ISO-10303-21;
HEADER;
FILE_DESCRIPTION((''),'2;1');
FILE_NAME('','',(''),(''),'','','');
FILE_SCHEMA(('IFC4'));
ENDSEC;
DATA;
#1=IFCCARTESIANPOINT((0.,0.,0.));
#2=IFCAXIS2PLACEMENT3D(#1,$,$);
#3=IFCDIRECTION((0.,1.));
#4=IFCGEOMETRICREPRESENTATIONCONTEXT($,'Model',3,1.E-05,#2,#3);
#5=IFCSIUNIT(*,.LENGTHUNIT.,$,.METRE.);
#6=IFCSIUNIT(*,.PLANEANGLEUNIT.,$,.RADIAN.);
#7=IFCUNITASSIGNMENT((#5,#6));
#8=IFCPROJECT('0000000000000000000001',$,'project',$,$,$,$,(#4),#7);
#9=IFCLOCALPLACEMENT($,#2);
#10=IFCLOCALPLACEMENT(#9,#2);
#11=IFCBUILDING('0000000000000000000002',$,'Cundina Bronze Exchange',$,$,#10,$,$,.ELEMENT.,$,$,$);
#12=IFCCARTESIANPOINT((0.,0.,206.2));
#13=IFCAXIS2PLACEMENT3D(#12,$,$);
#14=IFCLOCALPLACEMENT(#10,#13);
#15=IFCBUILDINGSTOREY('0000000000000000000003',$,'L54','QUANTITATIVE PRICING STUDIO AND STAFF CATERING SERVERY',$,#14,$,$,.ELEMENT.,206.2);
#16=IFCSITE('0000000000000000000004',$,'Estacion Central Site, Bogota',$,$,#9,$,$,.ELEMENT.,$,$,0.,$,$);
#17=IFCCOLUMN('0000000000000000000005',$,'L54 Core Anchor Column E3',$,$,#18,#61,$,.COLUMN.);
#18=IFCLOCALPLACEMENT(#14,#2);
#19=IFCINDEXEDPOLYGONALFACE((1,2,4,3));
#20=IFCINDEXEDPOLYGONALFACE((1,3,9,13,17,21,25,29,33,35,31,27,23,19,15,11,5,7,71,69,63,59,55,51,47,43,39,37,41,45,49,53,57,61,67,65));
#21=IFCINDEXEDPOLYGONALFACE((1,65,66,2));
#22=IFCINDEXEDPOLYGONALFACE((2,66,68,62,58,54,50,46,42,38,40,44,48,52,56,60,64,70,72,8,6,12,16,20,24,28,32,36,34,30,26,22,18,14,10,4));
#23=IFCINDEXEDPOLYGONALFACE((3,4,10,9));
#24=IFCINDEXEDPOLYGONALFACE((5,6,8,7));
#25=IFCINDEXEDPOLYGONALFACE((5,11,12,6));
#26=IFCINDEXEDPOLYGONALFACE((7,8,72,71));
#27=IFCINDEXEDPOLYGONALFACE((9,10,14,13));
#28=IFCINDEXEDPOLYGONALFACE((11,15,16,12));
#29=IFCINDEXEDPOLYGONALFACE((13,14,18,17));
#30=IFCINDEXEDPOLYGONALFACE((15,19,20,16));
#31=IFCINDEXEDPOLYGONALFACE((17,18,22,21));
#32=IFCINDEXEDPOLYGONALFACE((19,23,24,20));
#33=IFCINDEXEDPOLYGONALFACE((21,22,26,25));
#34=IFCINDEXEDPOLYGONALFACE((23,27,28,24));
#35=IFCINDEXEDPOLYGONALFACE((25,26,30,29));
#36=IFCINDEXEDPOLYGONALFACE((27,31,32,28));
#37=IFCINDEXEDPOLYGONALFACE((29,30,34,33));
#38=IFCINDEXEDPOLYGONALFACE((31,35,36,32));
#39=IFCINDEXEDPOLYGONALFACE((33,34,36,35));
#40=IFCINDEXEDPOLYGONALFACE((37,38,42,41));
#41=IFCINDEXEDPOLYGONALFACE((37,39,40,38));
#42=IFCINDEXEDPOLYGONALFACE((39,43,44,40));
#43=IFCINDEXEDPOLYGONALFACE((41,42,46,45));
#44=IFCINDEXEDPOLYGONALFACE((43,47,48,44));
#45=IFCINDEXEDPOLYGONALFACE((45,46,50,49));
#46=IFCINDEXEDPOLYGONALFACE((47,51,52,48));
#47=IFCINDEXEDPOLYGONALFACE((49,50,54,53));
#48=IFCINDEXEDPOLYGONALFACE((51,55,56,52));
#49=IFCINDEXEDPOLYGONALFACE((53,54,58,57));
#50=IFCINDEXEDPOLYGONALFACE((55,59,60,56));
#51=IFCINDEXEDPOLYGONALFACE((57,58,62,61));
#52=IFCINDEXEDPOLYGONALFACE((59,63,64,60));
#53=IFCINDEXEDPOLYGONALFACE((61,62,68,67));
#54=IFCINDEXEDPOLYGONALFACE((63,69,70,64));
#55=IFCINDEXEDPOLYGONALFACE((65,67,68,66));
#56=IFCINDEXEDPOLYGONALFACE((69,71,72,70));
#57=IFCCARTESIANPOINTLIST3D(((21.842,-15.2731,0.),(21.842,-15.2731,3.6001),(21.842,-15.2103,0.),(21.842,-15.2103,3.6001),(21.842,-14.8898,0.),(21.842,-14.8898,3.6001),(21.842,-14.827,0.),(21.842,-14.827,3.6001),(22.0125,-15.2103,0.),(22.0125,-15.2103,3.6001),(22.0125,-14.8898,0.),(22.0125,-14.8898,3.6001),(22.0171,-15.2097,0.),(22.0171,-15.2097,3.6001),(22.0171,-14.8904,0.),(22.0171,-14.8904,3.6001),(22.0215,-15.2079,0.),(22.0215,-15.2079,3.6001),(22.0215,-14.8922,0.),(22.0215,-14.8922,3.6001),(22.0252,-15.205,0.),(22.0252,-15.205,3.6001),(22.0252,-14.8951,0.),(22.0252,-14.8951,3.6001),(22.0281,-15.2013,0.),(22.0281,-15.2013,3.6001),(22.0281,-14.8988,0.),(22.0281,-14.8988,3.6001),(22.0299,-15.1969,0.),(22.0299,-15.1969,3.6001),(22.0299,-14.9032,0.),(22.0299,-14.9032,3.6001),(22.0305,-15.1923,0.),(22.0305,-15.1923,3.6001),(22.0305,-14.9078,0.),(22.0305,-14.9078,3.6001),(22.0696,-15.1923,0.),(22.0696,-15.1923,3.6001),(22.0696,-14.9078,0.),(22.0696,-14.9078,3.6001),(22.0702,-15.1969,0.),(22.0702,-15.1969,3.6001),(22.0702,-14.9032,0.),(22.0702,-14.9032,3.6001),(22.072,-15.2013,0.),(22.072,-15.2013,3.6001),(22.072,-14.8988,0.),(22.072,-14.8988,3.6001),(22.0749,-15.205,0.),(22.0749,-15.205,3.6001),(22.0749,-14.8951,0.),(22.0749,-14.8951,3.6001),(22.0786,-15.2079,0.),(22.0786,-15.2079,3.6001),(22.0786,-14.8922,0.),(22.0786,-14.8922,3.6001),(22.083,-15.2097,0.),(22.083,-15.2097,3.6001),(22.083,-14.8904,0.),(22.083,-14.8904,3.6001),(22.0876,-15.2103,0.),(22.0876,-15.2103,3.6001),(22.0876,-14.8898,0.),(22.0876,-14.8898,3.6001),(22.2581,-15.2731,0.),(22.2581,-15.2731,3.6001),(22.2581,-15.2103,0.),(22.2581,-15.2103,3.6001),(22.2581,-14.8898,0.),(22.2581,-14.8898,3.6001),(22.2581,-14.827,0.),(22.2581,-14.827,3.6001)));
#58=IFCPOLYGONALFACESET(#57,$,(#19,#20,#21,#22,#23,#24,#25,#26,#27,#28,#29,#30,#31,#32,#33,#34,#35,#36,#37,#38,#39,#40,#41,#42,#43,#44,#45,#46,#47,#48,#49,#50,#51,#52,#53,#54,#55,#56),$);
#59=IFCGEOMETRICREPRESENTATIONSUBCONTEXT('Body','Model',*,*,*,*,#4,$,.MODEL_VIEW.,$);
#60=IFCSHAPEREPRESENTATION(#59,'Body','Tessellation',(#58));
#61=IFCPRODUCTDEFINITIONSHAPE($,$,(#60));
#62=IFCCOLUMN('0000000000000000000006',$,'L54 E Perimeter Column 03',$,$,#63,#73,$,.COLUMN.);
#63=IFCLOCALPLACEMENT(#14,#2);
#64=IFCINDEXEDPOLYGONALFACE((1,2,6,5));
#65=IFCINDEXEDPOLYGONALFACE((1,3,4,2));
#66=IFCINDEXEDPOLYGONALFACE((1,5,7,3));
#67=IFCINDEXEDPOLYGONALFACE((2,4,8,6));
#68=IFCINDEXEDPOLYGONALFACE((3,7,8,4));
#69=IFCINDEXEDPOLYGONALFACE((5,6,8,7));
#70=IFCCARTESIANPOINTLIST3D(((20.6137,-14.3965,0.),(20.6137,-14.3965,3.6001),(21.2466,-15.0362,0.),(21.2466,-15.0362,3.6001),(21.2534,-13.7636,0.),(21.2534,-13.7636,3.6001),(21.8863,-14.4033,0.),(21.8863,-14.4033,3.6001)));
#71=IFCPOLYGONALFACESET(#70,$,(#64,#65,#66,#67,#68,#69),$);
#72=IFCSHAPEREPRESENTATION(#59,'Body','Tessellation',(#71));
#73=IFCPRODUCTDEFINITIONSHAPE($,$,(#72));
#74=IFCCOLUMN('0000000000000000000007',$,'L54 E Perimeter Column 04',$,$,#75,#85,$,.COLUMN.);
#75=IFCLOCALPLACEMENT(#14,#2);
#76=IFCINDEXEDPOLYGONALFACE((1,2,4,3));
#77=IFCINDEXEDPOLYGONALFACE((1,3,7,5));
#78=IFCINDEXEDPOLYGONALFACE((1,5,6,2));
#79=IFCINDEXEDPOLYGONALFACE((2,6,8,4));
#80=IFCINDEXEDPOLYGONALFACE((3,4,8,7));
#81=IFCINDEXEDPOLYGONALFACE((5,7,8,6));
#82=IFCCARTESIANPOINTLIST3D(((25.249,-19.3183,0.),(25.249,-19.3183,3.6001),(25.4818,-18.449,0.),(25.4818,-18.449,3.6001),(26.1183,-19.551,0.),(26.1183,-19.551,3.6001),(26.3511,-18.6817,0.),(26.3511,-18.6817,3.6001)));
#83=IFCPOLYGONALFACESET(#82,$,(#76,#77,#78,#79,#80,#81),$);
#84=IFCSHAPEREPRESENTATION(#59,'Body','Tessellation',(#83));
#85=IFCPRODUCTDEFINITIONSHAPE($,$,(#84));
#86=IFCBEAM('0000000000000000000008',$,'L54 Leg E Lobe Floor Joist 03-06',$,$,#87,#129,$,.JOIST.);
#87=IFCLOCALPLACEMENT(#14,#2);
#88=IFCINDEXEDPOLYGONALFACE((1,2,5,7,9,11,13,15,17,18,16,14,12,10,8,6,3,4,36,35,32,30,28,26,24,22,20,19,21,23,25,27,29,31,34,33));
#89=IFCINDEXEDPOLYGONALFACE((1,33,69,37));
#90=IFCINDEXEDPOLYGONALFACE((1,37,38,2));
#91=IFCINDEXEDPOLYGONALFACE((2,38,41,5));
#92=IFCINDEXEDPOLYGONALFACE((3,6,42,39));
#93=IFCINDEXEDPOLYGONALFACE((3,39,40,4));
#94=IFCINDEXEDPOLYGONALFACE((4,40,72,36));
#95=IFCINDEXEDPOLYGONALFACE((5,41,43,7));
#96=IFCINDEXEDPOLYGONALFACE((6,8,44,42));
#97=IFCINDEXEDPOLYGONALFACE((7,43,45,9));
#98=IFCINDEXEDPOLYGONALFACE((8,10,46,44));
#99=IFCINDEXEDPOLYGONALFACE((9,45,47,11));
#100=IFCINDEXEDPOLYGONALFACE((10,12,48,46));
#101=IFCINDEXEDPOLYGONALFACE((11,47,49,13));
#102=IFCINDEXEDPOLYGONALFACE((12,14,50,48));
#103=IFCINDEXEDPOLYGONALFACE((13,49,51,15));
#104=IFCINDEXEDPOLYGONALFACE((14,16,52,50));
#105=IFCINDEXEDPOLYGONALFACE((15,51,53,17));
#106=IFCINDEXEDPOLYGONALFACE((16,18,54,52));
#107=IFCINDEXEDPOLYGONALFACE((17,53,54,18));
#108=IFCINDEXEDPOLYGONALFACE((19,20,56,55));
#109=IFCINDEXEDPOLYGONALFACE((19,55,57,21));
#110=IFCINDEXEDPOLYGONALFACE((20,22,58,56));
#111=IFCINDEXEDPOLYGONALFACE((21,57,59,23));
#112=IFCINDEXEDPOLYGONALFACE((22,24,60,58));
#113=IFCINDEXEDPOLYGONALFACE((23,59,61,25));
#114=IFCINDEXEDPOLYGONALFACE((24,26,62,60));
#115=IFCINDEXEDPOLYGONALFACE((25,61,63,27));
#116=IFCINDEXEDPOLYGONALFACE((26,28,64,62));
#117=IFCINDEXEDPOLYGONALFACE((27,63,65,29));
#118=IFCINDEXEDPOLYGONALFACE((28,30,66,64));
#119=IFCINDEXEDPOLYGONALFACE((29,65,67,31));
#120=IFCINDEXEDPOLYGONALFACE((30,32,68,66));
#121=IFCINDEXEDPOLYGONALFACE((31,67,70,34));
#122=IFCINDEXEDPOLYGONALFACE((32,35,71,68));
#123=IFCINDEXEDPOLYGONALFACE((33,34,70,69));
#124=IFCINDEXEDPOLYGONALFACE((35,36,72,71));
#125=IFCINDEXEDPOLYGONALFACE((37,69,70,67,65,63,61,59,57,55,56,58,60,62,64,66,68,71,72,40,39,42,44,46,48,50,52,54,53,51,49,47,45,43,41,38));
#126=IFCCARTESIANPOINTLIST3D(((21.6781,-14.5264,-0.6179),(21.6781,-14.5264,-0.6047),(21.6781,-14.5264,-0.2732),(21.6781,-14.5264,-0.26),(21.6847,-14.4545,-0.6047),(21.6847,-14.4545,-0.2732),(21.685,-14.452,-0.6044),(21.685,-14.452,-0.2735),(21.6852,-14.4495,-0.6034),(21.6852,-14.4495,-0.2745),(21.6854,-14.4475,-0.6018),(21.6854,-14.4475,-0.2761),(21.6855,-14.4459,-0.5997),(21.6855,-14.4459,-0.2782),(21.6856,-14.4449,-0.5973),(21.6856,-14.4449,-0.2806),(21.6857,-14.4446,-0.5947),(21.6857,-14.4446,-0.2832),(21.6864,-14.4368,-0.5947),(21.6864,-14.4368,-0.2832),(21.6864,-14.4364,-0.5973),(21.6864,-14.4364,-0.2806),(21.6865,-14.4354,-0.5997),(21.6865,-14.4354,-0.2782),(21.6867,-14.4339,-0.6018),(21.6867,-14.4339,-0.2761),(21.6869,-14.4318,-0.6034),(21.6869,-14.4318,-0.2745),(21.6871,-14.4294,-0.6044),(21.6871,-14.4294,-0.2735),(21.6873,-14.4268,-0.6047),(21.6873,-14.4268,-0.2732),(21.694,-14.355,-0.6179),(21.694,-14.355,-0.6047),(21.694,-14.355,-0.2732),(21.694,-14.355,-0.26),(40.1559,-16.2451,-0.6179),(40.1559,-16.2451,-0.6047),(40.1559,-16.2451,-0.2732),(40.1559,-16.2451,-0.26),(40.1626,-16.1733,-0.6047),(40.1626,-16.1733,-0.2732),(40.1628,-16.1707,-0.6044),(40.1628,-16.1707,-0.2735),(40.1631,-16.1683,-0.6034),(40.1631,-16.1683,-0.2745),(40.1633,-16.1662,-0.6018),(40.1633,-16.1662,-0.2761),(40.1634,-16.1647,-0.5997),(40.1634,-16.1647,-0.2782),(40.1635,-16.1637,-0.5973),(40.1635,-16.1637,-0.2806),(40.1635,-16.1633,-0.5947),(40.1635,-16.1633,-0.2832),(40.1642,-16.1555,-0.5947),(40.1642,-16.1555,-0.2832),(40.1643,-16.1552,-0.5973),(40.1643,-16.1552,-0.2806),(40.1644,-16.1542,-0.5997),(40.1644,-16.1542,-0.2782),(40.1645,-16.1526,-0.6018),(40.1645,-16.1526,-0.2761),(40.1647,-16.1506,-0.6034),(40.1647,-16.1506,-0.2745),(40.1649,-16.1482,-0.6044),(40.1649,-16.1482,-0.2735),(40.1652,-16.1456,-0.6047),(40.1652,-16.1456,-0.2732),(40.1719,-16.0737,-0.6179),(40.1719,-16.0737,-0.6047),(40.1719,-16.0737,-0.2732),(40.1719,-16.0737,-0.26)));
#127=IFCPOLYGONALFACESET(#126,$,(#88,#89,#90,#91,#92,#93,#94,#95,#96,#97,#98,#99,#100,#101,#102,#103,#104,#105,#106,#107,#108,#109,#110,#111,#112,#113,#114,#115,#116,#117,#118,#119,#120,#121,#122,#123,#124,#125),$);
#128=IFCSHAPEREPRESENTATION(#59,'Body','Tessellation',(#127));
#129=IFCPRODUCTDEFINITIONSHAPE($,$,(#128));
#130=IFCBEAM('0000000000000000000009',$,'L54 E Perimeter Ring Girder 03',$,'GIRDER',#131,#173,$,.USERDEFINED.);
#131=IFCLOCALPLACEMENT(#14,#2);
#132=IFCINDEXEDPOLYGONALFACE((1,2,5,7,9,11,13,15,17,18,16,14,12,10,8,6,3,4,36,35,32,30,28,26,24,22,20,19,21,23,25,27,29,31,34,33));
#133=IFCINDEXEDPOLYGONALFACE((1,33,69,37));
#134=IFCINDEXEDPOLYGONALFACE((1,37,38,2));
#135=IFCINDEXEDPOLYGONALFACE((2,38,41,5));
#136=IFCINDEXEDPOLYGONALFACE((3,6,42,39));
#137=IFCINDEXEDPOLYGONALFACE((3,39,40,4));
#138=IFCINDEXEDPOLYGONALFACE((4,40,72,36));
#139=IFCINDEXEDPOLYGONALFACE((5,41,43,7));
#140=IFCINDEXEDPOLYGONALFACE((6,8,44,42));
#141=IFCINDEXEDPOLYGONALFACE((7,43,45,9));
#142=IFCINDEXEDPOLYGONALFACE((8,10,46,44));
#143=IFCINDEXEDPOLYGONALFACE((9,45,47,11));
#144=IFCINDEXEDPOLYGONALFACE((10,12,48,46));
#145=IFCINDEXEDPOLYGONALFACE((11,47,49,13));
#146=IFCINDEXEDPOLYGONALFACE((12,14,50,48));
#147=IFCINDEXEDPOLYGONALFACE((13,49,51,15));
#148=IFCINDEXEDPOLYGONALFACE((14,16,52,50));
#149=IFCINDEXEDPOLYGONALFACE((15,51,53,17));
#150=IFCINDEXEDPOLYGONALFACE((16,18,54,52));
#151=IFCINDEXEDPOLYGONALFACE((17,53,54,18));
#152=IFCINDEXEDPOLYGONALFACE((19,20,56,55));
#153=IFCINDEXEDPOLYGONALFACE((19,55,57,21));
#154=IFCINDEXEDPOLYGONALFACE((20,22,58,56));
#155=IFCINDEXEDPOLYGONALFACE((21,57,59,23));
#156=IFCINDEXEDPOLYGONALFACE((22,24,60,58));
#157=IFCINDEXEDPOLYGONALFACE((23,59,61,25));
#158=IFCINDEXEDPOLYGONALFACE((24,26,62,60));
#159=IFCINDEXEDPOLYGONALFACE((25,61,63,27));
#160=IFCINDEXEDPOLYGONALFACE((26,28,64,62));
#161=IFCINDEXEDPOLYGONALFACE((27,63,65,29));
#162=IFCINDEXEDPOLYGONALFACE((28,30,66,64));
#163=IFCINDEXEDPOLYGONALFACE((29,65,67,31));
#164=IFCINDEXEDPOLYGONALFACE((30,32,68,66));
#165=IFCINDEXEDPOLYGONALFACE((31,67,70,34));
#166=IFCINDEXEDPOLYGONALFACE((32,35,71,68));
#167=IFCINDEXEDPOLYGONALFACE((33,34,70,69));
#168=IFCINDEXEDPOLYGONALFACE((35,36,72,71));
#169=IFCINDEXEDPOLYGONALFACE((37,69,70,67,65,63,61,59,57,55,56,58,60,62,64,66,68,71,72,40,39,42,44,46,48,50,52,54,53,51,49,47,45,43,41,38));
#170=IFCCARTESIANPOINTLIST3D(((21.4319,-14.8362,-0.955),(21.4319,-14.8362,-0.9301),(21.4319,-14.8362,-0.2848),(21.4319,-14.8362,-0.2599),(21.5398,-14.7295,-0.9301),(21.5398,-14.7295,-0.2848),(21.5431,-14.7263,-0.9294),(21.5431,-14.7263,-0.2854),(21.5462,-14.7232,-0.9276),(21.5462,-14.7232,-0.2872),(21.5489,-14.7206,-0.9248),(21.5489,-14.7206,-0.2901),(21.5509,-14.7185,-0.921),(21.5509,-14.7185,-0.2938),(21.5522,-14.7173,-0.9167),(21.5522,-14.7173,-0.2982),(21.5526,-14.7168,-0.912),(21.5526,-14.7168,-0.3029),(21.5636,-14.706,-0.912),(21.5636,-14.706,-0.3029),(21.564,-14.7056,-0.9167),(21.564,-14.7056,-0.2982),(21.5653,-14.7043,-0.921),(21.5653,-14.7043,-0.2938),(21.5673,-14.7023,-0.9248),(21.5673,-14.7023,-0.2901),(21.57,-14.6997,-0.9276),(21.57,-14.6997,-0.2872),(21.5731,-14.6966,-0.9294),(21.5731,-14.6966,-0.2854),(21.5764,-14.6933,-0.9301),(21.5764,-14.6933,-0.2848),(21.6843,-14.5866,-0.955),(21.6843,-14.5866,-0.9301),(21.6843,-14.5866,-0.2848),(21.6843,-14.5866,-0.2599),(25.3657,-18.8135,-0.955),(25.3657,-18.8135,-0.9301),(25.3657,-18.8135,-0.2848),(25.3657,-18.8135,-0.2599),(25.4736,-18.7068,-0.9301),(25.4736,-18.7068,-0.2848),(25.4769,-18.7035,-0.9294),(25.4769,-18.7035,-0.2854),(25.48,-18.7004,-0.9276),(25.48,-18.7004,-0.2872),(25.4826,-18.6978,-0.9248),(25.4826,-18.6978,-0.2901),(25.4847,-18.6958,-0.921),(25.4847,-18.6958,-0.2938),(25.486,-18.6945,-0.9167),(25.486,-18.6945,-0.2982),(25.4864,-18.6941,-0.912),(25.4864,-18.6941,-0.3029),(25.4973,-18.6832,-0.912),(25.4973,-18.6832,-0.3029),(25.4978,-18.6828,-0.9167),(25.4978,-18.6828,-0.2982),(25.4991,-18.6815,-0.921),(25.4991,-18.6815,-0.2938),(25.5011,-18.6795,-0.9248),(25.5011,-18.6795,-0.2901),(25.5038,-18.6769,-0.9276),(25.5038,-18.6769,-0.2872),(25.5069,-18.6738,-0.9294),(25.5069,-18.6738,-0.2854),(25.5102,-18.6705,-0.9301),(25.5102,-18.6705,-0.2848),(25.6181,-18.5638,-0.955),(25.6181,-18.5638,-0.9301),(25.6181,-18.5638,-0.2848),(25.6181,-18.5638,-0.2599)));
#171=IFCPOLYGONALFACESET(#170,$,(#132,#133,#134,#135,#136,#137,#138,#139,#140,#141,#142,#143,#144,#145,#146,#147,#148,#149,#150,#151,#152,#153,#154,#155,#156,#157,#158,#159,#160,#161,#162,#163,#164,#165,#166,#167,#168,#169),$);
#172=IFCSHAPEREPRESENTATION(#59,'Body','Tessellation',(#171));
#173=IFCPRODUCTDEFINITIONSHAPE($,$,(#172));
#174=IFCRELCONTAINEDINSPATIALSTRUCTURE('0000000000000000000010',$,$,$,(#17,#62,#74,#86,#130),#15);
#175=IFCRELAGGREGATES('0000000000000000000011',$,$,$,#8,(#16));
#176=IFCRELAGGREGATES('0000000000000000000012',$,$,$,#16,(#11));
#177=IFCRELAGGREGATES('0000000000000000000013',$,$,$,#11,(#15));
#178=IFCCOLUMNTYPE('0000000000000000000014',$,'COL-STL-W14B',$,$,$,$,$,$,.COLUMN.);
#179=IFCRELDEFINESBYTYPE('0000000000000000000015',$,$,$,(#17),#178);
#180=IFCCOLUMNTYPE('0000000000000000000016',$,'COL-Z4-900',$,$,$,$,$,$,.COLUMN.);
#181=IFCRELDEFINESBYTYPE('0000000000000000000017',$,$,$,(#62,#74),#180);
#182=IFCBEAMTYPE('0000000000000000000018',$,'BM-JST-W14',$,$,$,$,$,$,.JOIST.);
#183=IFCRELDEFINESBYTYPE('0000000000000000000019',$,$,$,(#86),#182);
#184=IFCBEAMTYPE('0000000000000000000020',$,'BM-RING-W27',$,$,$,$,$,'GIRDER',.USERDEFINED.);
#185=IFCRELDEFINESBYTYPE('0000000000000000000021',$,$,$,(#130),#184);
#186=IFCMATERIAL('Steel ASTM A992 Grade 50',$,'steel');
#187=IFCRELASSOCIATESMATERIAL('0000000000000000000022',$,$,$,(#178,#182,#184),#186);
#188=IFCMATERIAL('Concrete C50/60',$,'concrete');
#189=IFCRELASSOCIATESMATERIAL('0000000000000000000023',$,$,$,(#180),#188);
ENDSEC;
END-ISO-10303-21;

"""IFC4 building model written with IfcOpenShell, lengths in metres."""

from ifc_helpers import new_model, si_unit, direction, frame, origin, origin_2d, place, context, subcontext, project, spatial, rectangle, i_section, extrude, material, material_profile, profile_set, type_object, element, save


model = new_model("IFC4")

# Units and contexts
model_context = context("Model", 3, precision=1e-05, world=origin(), true_north=direction((0.0, 1.0)))
body_context = subcontext(model_context, "Body", "Model", "MODEL_VIEW")
ifc_project = project(units=[si_unit("LENGTHUNIT", "METRE"), si_unit("PLANEANGLEUNIT", "RADIAN")], contexts=[model_context])

# Site, building, storey
site_placement = place(None, origin())
site = spatial("IfcSite", under=ifc_project, at=site_placement, Name="Estacion Central Site, Bogota", CompositionType="ELEMENT", RefElevation=0.0)
building_placement = place(site_placement, origin())
building = spatial("IfcBuilding", under=site, at=building_placement, Name="Cundina Bronze Exchange", CompositionType="ELEMENT")
storey_placement = place(building_placement, frame((0.0, 0.0, 206.2)))
storey = spatial("IfcBuildingStorey", under=building, at=storey_placement, Name="L54", Description="QUANTITATIVE PRICING STUDIO AND STAFF CATERING SERVERY", CompositionType="ELEMENT", Elevation=206.2)

# Columns
ifc_material_1 = material(Name="Steel ASTM A992 Grade 50", Category="steel")
ifc_material_profile_1 = material_profile(ifc_material_1, i_section(OverallWidth=0.416, OverallDepth=0.446, WebThickness=0.0391, FlangeThickness=0.0627, FilletRadius=0.0181, at=origin_2d()), Name="W14X342", Category="steel")
ifc_profile_set_1 = profile_set([ifc_material_profile_1], Name="Steel ASTM A992 Grade 50")
column_type_1 = type_object("IfcColumnType", Name="COL-STL-W14B", PredefinedType="COLUMN", material=ifc_profile_set_1)
column_placement = place(storey_placement, frame((22.05, -15.05, 0.0), z_axis=(0.0, 0.0, 1.0), x_axis=(1.0, 0.0, 0.0)))
element("IfcColumn", 1, at=column_placement, inside=storey, type_object=column_type_1, Name="L54 Core Anchor Column E3", PredefinedType="COLUMN", context=body_context, shape_type="SweptSolid", body=[
    extrude(i_section(OverallWidth=0.416, OverallDepth=0.446, WebThickness=0.0391, FlangeThickness=0.0627, FilletRadius=0.0181, at=origin_2d()), origin(), (0.0, 0.0, 1.0), 3.6001),
])
ifc_material_2 = material(Name="Concrete C50/60", Category="concrete")
ifc_material_profile_2 = material_profile(ifc_material_2, rectangle(XDim=0.8999, YDim=0.8999, at=origin_2d()), Name="RC900X900", Category="concrete")
ifc_profile_set_2 = profile_set([ifc_material_profile_2], Name="Concrete C50/60")
column_type_2 = type_object("IfcColumnType", Name="COL-Z4-900", PredefinedType="COLUMN", material=ifc_profile_set_2)
for number, where, z_axis, x_axis, name in (
    (2, (21.25, -14.3999, 0.0), (0.0, 0.0, 1.0), (0.703271, -0.710922, 0.0), "L54 E Perimeter Column 03"),
    (3, (25.8, -19.0, 0.0), (0.0, 0.0, 1.0), (0.965971, -0.25865, 0.0), "L54 E Perimeter Column 04"),
):
    element("IfcColumn", number, at=place(storey_placement, frame(where, z_axis=z_axis, x_axis=x_axis)), inside=storey, type_object=column_type_2, Name=name, PredefinedType="COLUMN", context=body_context, shape_type="SweptSolid", body=[
        extrude(rectangle(XDim=0.8999, YDim=0.8999, at=origin_2d()), origin(), (0.0, 0.0, 1.0), 3.6001),
    ])

# Beams
ifc_material_profile_3 = material_profile(ifc_material_1, i_section(OverallWidth=0.1721, OverallDepth=0.3579, WebThickness=0.0078, FlangeThickness=0.0132, FilletRadius=0.01, at=origin_2d()), Name="W14X38", Category="steel")
ifc_profile_set_3 = profile_set([ifc_material_profile_3], Name="Steel ASTM A992 Grade 50")
beam_type_1 = type_object("IfcBeamType", Name="BM-JST-W14", PredefinedType="JOIST", material=ifc_profile_set_3)
beam_1_placement = place(storey_placement, frame((21.686, -14.4407, -0.439), z_axis=(0.995702, -0.092617, 0.0), x_axis=(0.092617, 0.995702, 0.0)))
element("IfcBeam", 4, at=beam_1_placement, inside=storey, type_object=beam_type_1, Name="L54 Leg E Lobe Floor Joist 03-06", PredefinedType="JOIST", context=body_context, shape_type="SweptSolid", body=[
    extrude(i_section(OverallWidth=0.1721, OverallDepth=0.3579, WebThickness=0.0078, FlangeThickness=0.0132, FilletRadius=0.01, at=origin_2d()), origin(), (0.0, 0.0, 1.0), 18.5576),
])
ifc_material_profile_4 = material_profile(ifc_material_1, i_section(OverallWidth=0.355, OverallDepth=0.6951, WebThickness=0.0154, FlangeThickness=0.0249, FilletRadius=0.0181, at=origin_2d()), Name="W27X146", Category="steel")
ifc_profile_set_4 = profile_set([ifc_material_profile_4], Name="Steel ASTM A992 Grade 50")
beam_type_2 = type_object("IfcBeamType", Name="BM-RING-W27", ElementType="GIRDER", PredefinedType="USERDEFINED", material=ifc_profile_set_4)
beam_2_placement = place(storey_placement, frame((21.5581, -14.7114, -0.6074), z_axis=(0.703212, -0.71098, 0.0), x_axis=(0.71098, 0.703212, 0.0)))
element("IfcBeam", 5, at=beam_2_placement, inside=storey, type_object=beam_type_2, Name="L54 E Perimeter Ring Girder 03", ObjectType="GIRDER", PredefinedType="USERDEFINED", context=body_context, shape_type="SweptSolid", body=[
    extrude(i_section(OverallWidth=0.355, OverallDepth=0.6951, WebThickness=0.0154, FlangeThickness=0.0249, FilletRadius=0.0181, at=origin_2d()), origin(), (0.0, 0.0, 1.0), 5.594),
])

save(model, "model.ifc")
